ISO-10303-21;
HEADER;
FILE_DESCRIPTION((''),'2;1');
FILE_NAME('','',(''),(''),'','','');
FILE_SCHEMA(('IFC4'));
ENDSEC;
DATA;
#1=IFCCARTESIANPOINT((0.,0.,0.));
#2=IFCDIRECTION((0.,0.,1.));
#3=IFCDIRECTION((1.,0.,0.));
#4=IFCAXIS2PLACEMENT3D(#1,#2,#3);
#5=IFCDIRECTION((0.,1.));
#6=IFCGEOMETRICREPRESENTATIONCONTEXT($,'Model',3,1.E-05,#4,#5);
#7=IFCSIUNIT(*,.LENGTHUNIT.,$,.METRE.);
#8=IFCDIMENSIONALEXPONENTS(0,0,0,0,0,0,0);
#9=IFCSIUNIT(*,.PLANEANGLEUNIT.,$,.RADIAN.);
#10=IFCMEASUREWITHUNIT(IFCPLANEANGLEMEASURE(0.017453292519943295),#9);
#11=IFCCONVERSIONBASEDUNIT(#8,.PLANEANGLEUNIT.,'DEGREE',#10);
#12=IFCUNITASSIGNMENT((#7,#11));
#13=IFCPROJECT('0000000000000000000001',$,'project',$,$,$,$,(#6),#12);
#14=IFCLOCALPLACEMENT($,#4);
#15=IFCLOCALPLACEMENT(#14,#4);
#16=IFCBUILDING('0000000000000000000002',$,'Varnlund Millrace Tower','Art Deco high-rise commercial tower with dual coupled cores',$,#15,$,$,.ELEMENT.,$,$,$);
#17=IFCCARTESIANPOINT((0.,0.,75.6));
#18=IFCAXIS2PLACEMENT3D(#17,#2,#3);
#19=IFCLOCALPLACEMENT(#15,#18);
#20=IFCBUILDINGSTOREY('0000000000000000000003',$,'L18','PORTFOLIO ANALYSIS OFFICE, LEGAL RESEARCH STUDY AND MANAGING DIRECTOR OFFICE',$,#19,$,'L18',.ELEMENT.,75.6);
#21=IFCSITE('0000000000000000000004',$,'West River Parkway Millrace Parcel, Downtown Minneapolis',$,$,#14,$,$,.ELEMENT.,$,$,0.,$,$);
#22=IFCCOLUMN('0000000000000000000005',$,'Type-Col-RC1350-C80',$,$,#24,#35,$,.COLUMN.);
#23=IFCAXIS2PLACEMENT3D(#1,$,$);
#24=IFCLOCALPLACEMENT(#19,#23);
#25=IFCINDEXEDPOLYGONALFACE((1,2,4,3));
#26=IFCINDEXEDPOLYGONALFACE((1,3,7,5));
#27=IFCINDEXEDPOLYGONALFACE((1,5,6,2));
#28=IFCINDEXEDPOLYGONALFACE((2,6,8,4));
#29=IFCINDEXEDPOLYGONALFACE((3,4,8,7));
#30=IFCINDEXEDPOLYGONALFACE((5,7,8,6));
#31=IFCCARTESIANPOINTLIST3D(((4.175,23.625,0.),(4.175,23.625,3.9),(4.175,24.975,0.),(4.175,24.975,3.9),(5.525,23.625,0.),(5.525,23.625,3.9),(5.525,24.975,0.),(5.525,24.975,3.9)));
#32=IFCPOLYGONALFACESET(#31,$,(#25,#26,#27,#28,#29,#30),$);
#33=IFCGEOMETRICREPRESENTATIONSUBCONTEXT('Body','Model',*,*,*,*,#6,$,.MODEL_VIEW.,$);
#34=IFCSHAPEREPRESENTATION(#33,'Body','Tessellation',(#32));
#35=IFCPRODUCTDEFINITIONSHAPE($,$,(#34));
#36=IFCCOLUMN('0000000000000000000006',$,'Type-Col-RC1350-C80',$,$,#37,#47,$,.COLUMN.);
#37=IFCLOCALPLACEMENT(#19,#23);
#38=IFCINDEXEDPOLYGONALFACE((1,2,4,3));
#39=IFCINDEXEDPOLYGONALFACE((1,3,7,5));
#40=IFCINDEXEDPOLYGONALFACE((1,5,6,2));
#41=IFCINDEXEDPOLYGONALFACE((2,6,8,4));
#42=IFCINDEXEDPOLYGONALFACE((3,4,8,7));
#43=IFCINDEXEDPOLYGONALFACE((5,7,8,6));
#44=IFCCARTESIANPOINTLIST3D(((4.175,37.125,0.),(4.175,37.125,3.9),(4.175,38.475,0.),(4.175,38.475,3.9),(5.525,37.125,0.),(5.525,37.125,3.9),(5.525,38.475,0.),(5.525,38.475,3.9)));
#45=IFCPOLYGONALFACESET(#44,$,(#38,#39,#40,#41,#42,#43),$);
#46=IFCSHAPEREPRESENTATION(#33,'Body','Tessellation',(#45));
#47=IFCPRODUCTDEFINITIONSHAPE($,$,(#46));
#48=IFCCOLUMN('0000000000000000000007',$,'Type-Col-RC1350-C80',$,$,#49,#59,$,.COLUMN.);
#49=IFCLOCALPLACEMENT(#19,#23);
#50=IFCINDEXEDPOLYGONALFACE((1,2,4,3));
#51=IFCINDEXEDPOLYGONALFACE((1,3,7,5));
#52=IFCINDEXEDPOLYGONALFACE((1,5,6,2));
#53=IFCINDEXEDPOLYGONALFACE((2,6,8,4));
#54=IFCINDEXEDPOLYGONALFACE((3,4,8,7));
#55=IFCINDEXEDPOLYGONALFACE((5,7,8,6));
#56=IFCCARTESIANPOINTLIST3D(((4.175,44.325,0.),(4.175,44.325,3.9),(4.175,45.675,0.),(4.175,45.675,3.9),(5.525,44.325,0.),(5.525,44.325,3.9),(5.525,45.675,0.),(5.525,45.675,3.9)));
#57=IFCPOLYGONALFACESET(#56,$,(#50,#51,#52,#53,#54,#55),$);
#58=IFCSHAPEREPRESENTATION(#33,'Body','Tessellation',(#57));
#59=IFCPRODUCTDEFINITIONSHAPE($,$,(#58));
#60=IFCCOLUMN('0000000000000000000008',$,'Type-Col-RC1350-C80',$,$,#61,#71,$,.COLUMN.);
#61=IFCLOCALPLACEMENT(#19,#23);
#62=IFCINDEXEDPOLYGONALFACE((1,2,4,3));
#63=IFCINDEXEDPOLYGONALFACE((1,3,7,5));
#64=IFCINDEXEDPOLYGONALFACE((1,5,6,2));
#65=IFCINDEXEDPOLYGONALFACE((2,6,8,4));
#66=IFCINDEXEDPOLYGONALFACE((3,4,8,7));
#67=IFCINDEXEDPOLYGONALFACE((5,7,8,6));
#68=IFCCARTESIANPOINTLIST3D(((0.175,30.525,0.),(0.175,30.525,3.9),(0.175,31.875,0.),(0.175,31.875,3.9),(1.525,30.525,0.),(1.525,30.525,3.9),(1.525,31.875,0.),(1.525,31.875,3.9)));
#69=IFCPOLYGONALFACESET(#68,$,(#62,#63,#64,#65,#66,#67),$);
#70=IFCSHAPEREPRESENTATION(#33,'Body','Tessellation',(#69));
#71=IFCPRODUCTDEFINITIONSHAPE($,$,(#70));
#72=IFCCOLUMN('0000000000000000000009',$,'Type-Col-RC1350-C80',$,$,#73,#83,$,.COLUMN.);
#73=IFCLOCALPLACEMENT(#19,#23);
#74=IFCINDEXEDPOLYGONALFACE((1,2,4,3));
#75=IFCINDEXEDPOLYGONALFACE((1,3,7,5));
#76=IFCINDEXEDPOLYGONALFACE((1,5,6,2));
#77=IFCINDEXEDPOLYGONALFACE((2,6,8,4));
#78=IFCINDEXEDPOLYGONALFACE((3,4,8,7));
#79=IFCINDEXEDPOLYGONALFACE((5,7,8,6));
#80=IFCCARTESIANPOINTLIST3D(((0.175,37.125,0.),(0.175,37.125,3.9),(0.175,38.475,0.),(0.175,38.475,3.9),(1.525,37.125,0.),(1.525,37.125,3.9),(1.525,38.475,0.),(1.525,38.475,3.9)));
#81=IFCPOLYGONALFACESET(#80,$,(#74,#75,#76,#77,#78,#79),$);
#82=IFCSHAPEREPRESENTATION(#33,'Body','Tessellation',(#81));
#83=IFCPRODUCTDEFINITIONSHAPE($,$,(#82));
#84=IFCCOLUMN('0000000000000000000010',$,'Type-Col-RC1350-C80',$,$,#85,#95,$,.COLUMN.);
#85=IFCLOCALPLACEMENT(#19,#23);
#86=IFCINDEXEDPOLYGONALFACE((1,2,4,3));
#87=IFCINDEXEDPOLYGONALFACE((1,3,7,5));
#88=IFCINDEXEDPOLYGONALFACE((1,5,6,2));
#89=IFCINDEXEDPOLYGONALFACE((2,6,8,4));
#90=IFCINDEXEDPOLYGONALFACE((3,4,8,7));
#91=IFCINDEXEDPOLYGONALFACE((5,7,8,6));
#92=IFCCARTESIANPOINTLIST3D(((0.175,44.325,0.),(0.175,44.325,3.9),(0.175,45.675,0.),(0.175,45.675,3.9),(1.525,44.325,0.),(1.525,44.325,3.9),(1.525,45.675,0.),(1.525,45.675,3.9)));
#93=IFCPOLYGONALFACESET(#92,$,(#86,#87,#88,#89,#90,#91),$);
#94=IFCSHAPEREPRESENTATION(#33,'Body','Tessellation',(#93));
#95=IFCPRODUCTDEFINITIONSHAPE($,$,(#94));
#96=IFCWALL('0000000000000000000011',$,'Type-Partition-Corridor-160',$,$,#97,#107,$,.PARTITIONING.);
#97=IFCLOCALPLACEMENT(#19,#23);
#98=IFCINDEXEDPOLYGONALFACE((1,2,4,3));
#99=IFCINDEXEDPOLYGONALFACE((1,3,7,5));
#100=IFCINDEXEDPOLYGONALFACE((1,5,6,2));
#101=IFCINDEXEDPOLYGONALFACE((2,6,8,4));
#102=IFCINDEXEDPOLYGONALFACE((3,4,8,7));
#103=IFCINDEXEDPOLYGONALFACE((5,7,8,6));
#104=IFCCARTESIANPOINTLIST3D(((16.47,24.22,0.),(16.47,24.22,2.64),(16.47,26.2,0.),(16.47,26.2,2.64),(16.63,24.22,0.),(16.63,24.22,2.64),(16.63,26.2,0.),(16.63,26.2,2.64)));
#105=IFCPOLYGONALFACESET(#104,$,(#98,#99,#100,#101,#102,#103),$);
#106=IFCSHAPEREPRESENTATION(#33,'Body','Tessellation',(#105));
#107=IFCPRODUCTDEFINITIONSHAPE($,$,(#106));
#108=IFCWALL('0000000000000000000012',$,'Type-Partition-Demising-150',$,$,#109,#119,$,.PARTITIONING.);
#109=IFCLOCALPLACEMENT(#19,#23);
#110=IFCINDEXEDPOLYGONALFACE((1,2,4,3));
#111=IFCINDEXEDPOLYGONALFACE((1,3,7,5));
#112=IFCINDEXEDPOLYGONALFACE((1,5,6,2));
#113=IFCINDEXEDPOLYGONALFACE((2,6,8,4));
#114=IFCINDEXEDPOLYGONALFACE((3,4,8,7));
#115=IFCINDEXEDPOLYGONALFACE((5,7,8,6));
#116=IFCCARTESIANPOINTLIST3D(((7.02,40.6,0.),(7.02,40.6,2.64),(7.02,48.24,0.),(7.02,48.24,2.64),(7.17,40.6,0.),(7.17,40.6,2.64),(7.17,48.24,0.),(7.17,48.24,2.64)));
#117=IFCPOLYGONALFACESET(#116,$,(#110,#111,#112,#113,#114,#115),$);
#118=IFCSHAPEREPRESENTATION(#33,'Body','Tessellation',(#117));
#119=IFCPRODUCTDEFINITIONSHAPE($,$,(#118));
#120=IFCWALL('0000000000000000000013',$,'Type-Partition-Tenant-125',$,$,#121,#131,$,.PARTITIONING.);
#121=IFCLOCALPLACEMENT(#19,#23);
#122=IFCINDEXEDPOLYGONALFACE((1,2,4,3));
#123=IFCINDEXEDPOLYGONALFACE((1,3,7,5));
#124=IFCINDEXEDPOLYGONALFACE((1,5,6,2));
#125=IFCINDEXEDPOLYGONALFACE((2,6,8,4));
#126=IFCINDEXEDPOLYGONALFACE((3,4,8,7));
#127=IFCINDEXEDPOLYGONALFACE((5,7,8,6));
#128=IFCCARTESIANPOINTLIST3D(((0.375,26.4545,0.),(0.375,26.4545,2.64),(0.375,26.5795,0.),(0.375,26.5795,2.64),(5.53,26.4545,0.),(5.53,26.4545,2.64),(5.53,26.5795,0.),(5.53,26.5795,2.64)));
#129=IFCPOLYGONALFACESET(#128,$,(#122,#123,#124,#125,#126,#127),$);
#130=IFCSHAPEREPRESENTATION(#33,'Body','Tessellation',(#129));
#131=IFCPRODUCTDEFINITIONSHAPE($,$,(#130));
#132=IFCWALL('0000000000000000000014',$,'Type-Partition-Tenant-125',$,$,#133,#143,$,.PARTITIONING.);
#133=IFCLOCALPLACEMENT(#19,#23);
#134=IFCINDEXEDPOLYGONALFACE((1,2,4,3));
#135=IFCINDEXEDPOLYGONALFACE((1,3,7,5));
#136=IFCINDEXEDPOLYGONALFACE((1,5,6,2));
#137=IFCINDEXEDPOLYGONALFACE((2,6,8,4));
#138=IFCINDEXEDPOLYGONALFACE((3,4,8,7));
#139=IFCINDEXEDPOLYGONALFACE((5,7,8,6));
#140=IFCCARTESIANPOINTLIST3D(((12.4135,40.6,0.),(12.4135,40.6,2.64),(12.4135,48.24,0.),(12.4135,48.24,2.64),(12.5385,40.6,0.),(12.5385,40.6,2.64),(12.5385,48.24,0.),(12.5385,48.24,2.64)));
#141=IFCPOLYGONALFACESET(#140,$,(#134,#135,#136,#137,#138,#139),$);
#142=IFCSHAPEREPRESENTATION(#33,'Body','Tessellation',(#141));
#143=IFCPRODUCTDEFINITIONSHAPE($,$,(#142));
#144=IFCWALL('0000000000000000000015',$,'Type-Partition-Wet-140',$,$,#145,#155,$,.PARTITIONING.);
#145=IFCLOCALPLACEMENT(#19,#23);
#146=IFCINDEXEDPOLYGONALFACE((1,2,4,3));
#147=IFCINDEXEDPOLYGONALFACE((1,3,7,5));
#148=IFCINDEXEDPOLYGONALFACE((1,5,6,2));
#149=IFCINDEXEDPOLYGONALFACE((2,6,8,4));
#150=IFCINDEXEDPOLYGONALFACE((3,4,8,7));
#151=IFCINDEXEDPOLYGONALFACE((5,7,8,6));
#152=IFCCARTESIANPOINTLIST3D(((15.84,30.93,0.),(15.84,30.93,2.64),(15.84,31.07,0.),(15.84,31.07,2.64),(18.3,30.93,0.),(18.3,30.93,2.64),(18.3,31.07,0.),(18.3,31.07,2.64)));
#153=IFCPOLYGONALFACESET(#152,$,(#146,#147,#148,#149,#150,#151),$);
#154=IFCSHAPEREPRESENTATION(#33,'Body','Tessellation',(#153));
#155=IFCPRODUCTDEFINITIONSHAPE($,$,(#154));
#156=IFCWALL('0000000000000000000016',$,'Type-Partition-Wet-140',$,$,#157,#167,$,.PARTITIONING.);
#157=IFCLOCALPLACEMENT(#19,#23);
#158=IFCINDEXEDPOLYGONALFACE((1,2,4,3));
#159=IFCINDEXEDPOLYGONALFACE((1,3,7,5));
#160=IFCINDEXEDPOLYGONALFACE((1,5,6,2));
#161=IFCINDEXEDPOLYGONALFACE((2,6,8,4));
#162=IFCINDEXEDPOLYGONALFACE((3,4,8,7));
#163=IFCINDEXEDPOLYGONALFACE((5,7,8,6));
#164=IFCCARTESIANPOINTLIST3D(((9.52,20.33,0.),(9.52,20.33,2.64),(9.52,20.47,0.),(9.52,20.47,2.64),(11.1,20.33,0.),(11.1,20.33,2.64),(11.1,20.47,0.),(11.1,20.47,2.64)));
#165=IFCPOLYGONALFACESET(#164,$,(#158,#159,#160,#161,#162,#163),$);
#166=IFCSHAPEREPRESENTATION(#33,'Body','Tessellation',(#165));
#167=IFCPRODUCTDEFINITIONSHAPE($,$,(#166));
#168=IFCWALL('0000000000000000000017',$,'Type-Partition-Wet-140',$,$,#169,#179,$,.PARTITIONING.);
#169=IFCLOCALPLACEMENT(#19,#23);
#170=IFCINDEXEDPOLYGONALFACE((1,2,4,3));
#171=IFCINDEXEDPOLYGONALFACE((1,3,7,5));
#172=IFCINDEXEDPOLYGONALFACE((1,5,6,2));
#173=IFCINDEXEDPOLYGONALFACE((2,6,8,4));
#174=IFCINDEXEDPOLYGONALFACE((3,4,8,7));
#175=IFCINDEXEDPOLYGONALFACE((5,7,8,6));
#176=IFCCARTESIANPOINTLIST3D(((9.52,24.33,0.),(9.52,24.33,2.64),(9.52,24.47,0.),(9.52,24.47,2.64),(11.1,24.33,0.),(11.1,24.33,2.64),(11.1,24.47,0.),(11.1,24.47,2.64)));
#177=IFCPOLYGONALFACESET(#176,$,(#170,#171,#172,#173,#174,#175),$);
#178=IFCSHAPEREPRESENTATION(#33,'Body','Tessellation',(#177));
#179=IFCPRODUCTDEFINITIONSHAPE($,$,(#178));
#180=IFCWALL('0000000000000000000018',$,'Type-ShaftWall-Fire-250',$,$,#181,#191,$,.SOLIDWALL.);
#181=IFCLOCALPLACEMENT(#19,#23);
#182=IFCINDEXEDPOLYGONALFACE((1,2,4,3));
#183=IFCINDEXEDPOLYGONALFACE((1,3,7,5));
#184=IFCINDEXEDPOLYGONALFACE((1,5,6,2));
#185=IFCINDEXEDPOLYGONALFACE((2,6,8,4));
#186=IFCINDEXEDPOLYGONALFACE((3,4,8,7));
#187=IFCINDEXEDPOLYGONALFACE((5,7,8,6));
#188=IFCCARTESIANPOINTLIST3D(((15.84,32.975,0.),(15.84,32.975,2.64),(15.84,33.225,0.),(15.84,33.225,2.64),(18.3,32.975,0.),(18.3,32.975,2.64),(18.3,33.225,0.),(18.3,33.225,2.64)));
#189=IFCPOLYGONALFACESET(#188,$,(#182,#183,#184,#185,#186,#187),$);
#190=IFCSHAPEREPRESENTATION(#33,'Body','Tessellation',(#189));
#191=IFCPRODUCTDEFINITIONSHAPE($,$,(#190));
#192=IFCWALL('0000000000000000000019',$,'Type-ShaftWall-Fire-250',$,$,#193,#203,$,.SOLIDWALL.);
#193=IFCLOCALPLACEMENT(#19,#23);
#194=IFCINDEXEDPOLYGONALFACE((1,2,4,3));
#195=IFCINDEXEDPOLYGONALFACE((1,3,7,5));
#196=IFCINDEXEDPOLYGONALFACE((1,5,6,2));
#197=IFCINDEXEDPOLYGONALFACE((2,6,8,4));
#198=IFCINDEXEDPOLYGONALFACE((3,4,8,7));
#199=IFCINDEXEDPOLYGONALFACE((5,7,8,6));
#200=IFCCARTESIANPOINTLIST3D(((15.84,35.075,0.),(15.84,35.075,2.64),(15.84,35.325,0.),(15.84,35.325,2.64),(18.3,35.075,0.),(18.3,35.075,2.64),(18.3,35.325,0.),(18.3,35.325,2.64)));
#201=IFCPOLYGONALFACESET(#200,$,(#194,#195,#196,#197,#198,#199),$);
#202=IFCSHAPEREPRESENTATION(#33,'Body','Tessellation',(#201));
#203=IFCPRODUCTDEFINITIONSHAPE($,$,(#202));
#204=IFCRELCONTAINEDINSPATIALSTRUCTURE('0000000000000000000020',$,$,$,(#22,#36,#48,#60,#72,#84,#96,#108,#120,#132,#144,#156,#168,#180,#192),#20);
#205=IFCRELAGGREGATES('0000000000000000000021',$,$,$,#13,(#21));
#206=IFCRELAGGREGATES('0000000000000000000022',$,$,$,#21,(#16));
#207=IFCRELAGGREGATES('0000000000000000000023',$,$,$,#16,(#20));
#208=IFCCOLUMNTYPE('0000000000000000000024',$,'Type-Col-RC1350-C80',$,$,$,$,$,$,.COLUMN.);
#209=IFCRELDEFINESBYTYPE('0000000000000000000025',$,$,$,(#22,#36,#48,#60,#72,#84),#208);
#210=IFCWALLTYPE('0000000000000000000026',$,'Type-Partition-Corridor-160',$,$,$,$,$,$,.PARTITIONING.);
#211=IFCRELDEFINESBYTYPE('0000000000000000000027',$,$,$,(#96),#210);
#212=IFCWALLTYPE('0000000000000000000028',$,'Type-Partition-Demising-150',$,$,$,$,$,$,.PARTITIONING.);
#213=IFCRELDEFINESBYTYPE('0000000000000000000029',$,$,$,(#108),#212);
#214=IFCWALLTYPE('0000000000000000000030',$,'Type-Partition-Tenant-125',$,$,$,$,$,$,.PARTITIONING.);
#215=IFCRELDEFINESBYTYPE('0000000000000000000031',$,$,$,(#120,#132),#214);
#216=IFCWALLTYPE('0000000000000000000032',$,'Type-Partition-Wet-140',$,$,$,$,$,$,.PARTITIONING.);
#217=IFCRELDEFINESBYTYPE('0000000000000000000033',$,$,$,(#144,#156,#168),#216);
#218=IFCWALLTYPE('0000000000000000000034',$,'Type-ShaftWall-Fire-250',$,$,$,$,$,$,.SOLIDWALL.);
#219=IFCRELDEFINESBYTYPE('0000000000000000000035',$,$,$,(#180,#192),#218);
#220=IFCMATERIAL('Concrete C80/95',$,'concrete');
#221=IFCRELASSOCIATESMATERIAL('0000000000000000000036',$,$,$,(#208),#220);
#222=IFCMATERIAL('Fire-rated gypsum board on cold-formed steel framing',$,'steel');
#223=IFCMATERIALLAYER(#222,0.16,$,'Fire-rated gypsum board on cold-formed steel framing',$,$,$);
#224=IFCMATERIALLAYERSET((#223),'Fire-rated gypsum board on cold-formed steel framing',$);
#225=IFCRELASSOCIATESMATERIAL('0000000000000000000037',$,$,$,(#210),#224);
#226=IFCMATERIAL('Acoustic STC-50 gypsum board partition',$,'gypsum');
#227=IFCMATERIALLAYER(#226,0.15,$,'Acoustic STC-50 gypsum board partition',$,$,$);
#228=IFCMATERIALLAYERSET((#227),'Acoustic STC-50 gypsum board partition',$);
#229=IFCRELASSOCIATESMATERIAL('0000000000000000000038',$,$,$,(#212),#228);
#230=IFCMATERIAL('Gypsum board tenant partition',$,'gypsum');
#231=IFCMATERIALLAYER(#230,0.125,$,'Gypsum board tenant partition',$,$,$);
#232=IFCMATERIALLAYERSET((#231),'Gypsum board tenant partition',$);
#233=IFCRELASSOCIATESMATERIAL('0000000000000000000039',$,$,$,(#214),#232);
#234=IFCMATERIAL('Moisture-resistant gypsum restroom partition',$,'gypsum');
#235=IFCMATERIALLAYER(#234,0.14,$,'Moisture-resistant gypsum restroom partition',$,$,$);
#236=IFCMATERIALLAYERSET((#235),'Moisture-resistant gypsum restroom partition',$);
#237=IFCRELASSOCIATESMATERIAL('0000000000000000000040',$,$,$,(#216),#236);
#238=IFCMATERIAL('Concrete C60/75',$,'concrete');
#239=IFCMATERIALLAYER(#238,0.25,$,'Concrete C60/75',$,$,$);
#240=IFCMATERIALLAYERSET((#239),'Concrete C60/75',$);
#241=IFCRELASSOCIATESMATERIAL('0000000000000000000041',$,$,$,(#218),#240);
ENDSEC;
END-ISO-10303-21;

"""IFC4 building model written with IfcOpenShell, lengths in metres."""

from ifc_helpers import new_model, entity, si_unit, converted_unit, direction, frame, origin_with_axes, origin_2d_with_axis, place, context, subcontext, project, spatial, polyline, rectangle, outline, extrude, material, layer, layer_set, material_profile, profile_set, type_object, element, save


model = new_model("IFC4")

# Units and contexts
model_context = context("Model", 3, precision=1e-05, world=origin_with_axes(), true_north=direction((0.0, 1.0)))
body_context = subcontext(model_context, "Body", "Model", "MODEL_VIEW")
ifc_project = project(units=[si_unit("LENGTHUNIT", "METRE"), converted_unit("PLANEANGLEUNIT", "DEGREE", entity("IfcPlaneAngleMeasure", 0.017453292519943295), si_unit("PLANEANGLEUNIT", "RADIAN"), dimensions=[0, 0, 0, 0, 0, 0, 0])], contexts=[model_context])

# Site, building, storey
site_placement = place(None, origin_with_axes())
site = spatial("IfcSite", under=ifc_project, at=site_placement, Name="West River Parkway Millrace Parcel, Downtown Minneapolis", CompositionType="ELEMENT", RefElevation=0.0)
building_placement = place(site_placement, origin_with_axes())
building = spatial("IfcBuilding", under=site, at=building_placement, Name="Varnlund Millrace Tower", Description="Art Deco high-rise commercial tower with dual coupled cores", CompositionType="ELEMENT")
storey_placement = place(building_placement, frame((0.0, 0.0, 75.6), z_axis=(0.0, 0.0, 1.0), x_axis=(1.0, 0.0, 0.0)))
storey = spatial("IfcBuildingStorey", under=building, at=storey_placement, Name="L18", Description="PORTFOLIO ANALYSIS OFFICE, LEGAL RESEARCH STUDY AND MANAGING DIRECTOR OFFICE", LongName="L18", CompositionType="ELEMENT", Elevation=75.6)

# Columns
ifc_material_1 = material(Name="Concrete C80/95", Category="concrete")
ifc_material_profile = material_profile(ifc_material_1, rectangle(XDim=1.35, YDim=1.35, at=origin_2d_with_axis()), Name="Concrete C80/95")
ifc_profile_set = profile_set([ifc_material_profile], Name="Concrete C80/95")
column_type = type_object("IfcColumnType", Name="Type-Col-RC1350-C80", PredefinedType="COLUMN", material=ifc_profile_set)
for number, where, z_axis, x_axis, name in (
    (1, (4.85, 24.3, 0.0), (0.0, 0.0, 1.0), (1.0, 0.0, 0.0), "Type-Col-RC1350-C80"),
    (2, (4.85, 37.8, 0.0), (0.0, 0.0, 1.0), (1.0, 0.0, 0.0), "Type-Col-RC1350-C80"),
    (3, (4.85, 45.0, 0.0), (0.0, 0.0, 1.0), (1.0, 0.0, 0.0), "Type-Col-RC1350-C80"),
    (4, (0.85, 31.2, 0.0), (0.0, 0.0, 1.0), (1.0, 0.0, 0.0), "Type-Col-RC1350-C80"),
    (5, (0.85, 37.8, 0.0), (0.0, 0.0, 1.0), (1.0, 0.0, 0.0), "Type-Col-RC1350-C80"),
    (6, (0.85, 45.0, 0.0), (0.0, 0.0, 1.0), (1.0, 0.0, 0.0), "Type-Col-RC1350-C80"),
):
    element("IfcColumn", number, at=place(storey_placement, frame(where, z_axis=z_axis, x_axis=x_axis)), inside=storey, type_object=column_type, Name=name, PredefinedType="COLUMN", context=body_context, shape_type="SweptSolid", body=[
        extrude(rectangle(XDim=1.35, YDim=1.35, at=origin_2d_with_axis()), origin_with_axes(), (0.0, 0.0, 1.0), 3.9),
    ])

# Wall
ifc_material_2 = material(Name="Fire-rated gypsum board on cold-formed steel framing", Category="steel")
ifc_layer_1 = layer(ifc_material_2, 0.16, Name="Fire-rated gypsum board on cold-formed steel framing")
ifc_layer_set_1 = layer_set([ifc_layer_1], Name="Fire-rated gypsum board on cold-formed steel framing")
wall_type_1 = type_object("IfcWallType", Name="Type-Partition-Corridor-160", PredefinedType="PARTITIONING", material=ifc_layer_set_1)
wall_1_placement = place(storey_placement, frame((16.55, 24.22, 0.0), z_axis=(0.0, 0.0, 1.0), x_axis=(0.0, 1.0, 0.0)))
element("IfcWall", 7, at=wall_1_placement, inside=storey, type_object=wall_type_1, Name="Type-Partition-Corridor-160", PredefinedType="PARTITIONING", context=body_context, shape_type="SweptSolid", body=[
    extrude(outline(polyline([(0.0, -0.08), (1.98, -0.08), (1.98, 0.08), (0.0, 0.08), (0.0, -0.08)])), origin_with_axes(), (0.0, 0.0, 1.0), 2.64),
])

# Walls
ifc_material_3 = material(Name="Acoustic STC-50 gypsum board partition", Category="gypsum")
ifc_layer_2 = layer(ifc_material_3, 0.15, Name="Acoustic STC-50 gypsum board partition")
ifc_layer_set_2 = layer_set([ifc_layer_2], Name="Acoustic STC-50 gypsum board partition")
wall_type_2 = type_object("IfcWallType", Name="Type-Partition-Demising-150", PredefinedType="PARTITIONING", material=ifc_layer_set_2)
wall_2_placement = place(storey_placement, frame((7.095, 40.6, 0.0), z_axis=(0.0, 0.0, 1.0), x_axis=(0.0, 1.0, 0.0)))
element("IfcWall", 8, at=wall_2_placement, inside=storey, type_object=wall_type_2, Name="Type-Partition-Demising-150", PredefinedType="PARTITIONING", context=body_context, shape_type="SweptSolid", body=[
    extrude(outline(polyline([(0.0, -0.075), (7.64, -0.075), (7.64, 0.075), (0.0, 0.075), (0.0, -0.075)])), origin_with_axes(), (0.0, 0.0, 1.0), 2.64),
])
ifc_material_4 = material(Name="Gypsum board tenant partition", Category="gypsum")
ifc_layer_3 = layer(ifc_material_4, 0.125, Name="Gypsum board tenant partition")
ifc_layer_set_3 = layer_set([ifc_layer_3], Name="Gypsum board tenant partition")
wall_type_3 = type_object("IfcWallType", Name="Type-Partition-Tenant-125", PredefinedType="PARTITIONING", material=ifc_layer_set_3)
wall_3_placement = place(storey_placement, frame((0.375, 26.517, 0.0), z_axis=(0.0, 0.0, 1.0), x_axis=(1.0, 0.0, 0.0)))
element("IfcWall", 9, at=wall_3_placement, inside=storey, type_object=wall_type_3, Name="Type-Partition-Tenant-125", PredefinedType="PARTITIONING", context=body_context, shape_type="SweptSolid", body=[
    extrude(outline(polyline([(0.0, -0.0625), (5.155, -0.0625), (5.155, 0.0625), (0.0, 0.0625), (0.0, -0.0625)])), origin_with_axes(), (0.0, 0.0, 1.0), 2.64),
])
wall_4_placement = place(storey_placement, frame((12.476, 40.6, 0.0), z_axis=(0.0, 0.0, 1.0), x_axis=(0.0, 1.0, 0.0)))
element("IfcWall", 10, at=wall_4_placement, inside=storey, type_object=wall_type_3, Name="Type-Partition-Tenant-125", PredefinedType="PARTITIONING", context=body_context, shape_type="SweptSolid", body=[
    extrude(outline(polyline([(0.0, -0.0625), (7.64, -0.0625), (7.64, 0.0625), (0.0, 0.0625), (0.0, -0.0625)])), origin_with_axes(), (0.0, 0.0, 1.0), 2.64),
])
ifc_material_5 = material(Name="Moisture-resistant gypsum restroom partition", Category="gypsum")
ifc_layer_4 = layer(ifc_material_5, 0.14, Name="Moisture-resistant gypsum restroom partition")
ifc_layer_set_4 = layer_set([ifc_layer_4], Name="Moisture-resistant gypsum restroom partition")
wall_type_4 = type_object("IfcWallType", Name="Type-Partition-Wet-140", PredefinedType="PARTITIONING", material=ifc_layer_set_4)
wall_5_placement = place(storey_placement, frame((15.84, 31.0, 0.0), z_axis=(0.0, 0.0, 1.0), x_axis=(1.0, 0.0, 0.0)))
element("IfcWall", 11, at=wall_5_placement, inside=storey, type_object=wall_type_4, Name="Type-Partition-Wet-140", PredefinedType="PARTITIONING", context=body_context, shape_type="SweptSolid", body=[
    extrude(outline(polyline([(0.0, -0.07), (2.46, -0.07), (2.46, 0.07), (0.0, 0.07), (0.0, -0.07)])), origin_with_axes(), (0.0, 0.0, 1.0), 2.64),
])
for number, where, z_axis, x_axis, name in (
    (12, (9.52, 20.4, 0.0), (0.0, 0.0, 1.0), (1.0, 0.0, 0.0), "Type-Partition-Wet-140"),
    (13, (9.52, 24.4, 0.0), (0.0, 0.0, 1.0), (1.0, 0.0, 0.0), "Type-Partition-Wet-140"),
):
    element("IfcWall", number, at=place(storey_placement, frame(where, z_axis=z_axis, x_axis=x_axis)), inside=storey, type_object=wall_type_4, Name=name, PredefinedType="PARTITIONING", context=body_context, shape_type="SweptSolid", body=[
        extrude(outline(polyline([(0.0, -0.07), (1.58, -0.07), (1.58, 0.07), (0.0, 0.07), (0.0, -0.07)])), origin_with_axes(), (0.0, 0.0, 1.0), 2.64),
    ])
ifc_material_6 = material(Name="Concrete C60/75", Category="concrete")
ifc_layer_5 = layer(ifc_material_6, 0.25, Name="Concrete C60/75")
ifc_layer_set_5 = layer_set([ifc_layer_5], Name="Concrete C60/75")
wall_type_5 = type_object("IfcWallType", Name="Type-ShaftWall-Fire-250", PredefinedType="SOLIDWALL", material=ifc_layer_set_5)
for number, where, z_axis, x_axis, name in (
    (14, (15.84, 33.1, 0.0), (0.0, 0.0, 1.0), (1.0, 0.0, 0.0), "Type-ShaftWall-Fire-250"),
    (15, (15.84, 35.2, 0.0), (0.0, 0.0, 1.0), (1.0, 0.0, 0.0), "Type-ShaftWall-Fire-250"),
):
    element("IfcWall", number, at=place(storey_placement, frame(where, z_axis=z_axis, x_axis=x_axis)), inside=storey, type_object=wall_type_5, Name=name, PredefinedType="SOLIDWALL", context=body_context, shape_type="SweptSolid", body=[
        extrude(outline(polyline([(0.0, -0.125), (2.46, -0.125), (2.46, 0.125), (0.0, 0.125), (0.0, -0.125)])), origin_with_axes(), (0.0, 0.0, 1.0), 2.64),
    ])

save(model, "model.ifc")
